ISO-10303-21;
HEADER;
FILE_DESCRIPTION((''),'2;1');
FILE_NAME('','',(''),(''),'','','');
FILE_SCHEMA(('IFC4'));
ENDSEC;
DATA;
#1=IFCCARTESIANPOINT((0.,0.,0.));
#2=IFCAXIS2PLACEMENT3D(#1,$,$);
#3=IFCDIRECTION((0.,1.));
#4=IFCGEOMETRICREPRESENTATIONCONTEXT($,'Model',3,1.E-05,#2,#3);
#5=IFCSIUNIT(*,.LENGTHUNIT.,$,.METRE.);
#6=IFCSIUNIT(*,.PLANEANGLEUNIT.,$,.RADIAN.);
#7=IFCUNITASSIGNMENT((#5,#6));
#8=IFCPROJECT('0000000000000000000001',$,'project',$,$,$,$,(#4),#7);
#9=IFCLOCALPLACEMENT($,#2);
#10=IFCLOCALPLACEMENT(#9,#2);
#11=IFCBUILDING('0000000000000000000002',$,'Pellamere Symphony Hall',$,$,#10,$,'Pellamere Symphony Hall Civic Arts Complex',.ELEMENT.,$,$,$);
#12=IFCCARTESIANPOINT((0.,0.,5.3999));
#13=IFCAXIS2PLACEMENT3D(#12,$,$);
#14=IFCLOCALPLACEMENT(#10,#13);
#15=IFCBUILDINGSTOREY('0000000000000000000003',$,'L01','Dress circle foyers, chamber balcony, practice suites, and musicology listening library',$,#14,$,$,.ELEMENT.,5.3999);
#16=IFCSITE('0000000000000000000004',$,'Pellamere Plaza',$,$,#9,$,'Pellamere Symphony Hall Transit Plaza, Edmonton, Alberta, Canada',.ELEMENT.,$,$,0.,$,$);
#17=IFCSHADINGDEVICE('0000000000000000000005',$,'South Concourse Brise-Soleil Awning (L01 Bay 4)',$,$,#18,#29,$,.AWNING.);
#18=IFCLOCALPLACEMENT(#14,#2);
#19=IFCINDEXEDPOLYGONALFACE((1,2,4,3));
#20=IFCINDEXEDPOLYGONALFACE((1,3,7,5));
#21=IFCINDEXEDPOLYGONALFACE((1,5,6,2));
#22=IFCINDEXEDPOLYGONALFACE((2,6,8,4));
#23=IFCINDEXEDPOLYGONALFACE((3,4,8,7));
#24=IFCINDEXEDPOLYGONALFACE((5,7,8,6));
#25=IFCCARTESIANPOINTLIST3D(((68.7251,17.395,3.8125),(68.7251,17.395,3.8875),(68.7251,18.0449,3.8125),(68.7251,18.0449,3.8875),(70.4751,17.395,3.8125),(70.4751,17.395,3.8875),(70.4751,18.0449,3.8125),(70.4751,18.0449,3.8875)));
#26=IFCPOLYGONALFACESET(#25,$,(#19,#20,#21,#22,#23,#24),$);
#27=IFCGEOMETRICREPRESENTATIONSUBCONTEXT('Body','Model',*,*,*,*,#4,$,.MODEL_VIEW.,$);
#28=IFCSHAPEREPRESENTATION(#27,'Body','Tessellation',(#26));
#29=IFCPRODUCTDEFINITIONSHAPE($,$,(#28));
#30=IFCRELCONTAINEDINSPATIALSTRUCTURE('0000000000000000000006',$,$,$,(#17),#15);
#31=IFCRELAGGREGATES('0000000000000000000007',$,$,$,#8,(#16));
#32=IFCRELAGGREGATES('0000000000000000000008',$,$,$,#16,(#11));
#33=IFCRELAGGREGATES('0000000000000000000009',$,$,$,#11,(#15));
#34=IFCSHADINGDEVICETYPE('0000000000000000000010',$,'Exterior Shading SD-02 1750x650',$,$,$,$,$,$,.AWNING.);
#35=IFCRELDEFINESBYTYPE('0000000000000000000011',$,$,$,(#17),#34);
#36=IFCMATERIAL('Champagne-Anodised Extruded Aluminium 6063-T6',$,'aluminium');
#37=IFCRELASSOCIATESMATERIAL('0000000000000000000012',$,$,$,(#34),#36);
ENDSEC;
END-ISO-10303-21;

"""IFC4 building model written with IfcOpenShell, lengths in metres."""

from ifc_helpers import new_model, si_unit, direction, frame, origin, origin_2d, place, context, subcontext, project, spatial, rectangle, extrude, material, type_object, element, save


model = new_model("IFC4")

# Units and contexts
model_context = context("Model", 3, precision=1e-05, world=origin(), true_north=direction((0.0, 1.0)))
body_context = subcontext(model_context, "Body", "Model", "MODEL_VIEW")
ifc_project = project(units=[si_unit("LENGTHUNIT", "METRE"), si_unit("PLANEANGLEUNIT", "RADIAN")], contexts=[model_context])

# Site, building, storey
site_placement = place(None, origin())
site = spatial("IfcSite", under=ifc_project, at=site_placement, Name="Pellamere Plaza", LongName="Pellamere Symphony Hall Transit Plaza, Edmonton, Alberta, Canada", CompositionType="ELEMENT", RefElevation=0.0)
building_placement = place(site_placement, origin())
building = spatial("IfcBuilding", under=site, at=building_placement, Name="Pellamere Symphony Hall", LongName="Pellamere Symphony Hall Civic Arts Complex", CompositionType="ELEMENT")
storey_placement = place(building_placement, frame((0.0, 0.0, 5.3999)))
storey = spatial("IfcBuildingStorey", under=building, at=storey_placement, Name="L01", Description="Dress circle foyers, chamber balcony, practice suites, and musicology listening library", CompositionType="ELEMENT", Elevation=5.3999)

# Shading device
ifc_material_1 = material(Name="Champagne-Anodised Extruded Aluminium 6063-T6", Category="aluminium")
shading_device_type = type_object("IfcShadingDeviceType", Name="Exterior Shading SD-02 1750x650", PredefinedType="AWNING", material=ifc_material_1)
shading_device_placement = place(storey_placement, frame((69.6001, 17.72, 3.8125), z_axis=(0.0, 0.0, 1.0), x_axis=(1.0, 0.0, 0.0)))
element("IfcShadingDevice", 1, at=shading_device_placement, inside=storey, type_object=shading_device_type, Name="South Concourse Brise-Soleil Awning (L01 Bay 4)", PredefinedType="AWNING", context=body_context, shape_type="SweptSolid", body=[
    extrude(rectangle(XDim=1.75, YDim=0.6499, at=origin_2d()), origin(), (0.0, 0.0, 1.0), 0.075),
])

save(model, "model.ifc")
